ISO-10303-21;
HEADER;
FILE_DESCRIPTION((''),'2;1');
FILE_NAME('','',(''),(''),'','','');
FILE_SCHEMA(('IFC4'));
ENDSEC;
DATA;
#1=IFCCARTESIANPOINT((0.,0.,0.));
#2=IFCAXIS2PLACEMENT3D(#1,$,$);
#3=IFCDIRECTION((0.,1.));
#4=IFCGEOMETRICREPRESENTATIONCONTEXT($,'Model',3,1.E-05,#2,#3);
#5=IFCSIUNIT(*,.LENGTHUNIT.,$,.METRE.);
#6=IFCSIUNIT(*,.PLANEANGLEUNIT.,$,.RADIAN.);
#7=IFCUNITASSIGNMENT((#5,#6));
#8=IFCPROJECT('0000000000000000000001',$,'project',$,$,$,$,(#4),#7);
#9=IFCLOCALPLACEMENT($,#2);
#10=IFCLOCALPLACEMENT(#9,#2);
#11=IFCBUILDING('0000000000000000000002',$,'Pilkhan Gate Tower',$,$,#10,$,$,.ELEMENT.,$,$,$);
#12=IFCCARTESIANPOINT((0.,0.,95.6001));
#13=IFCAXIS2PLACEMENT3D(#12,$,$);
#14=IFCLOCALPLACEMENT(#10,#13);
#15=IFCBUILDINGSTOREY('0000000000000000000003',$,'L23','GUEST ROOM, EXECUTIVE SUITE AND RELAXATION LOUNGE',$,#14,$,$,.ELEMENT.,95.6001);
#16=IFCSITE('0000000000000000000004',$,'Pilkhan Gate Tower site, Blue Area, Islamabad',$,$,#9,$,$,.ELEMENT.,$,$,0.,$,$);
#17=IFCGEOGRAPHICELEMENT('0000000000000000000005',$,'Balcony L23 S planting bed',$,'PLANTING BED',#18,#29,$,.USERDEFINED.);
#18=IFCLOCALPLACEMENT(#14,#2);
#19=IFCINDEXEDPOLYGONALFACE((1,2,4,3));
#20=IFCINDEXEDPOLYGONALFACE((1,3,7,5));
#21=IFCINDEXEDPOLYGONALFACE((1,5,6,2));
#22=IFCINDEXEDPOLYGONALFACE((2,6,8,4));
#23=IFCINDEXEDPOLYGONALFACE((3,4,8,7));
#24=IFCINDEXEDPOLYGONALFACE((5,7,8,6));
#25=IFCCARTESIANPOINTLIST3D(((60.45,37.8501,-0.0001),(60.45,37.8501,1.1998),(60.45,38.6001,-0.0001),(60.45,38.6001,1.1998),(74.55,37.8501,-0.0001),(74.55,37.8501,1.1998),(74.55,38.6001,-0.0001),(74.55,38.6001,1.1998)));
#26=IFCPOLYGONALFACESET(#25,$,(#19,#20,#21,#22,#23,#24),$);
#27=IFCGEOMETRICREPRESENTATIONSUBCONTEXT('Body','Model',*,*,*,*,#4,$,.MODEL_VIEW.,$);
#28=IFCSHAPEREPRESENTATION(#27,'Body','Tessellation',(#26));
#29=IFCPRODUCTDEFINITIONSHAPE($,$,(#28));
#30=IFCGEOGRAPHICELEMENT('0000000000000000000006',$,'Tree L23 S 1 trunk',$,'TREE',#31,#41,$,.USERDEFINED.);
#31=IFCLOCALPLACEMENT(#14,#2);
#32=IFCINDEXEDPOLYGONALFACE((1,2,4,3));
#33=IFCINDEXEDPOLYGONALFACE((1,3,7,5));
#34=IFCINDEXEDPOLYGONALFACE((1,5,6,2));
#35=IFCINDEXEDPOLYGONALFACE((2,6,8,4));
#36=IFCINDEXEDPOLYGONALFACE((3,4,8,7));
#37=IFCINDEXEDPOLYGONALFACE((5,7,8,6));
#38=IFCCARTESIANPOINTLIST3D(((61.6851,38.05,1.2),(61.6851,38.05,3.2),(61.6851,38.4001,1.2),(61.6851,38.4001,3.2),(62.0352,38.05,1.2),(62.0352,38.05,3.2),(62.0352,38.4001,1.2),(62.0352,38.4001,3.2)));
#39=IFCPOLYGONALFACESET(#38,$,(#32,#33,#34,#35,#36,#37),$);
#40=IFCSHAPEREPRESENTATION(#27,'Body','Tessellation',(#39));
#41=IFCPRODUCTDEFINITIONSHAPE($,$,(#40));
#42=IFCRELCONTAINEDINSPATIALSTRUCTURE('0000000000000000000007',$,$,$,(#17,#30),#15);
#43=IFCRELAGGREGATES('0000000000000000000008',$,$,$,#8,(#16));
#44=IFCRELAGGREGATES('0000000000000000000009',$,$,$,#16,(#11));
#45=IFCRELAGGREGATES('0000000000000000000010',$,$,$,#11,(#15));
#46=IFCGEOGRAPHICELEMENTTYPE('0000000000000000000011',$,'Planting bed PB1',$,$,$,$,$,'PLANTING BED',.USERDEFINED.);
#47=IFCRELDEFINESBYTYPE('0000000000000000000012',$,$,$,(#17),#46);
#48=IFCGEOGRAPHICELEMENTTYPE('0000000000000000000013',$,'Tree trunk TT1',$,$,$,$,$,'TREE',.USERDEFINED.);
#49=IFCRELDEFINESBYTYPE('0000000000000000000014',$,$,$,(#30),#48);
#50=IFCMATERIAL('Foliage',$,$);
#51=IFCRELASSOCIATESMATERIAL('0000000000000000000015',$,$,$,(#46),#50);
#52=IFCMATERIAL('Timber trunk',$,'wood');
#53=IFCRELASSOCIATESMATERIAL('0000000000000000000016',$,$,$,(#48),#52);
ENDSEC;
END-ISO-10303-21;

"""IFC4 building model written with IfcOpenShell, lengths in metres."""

from ifc_helpers import new_model, si_unit, direction, frame, origin, origin_2d, place, context, subcontext, project, spatial, rectangle, extrude, material, material_profile, profile_set, type_object, element, save


model = new_model("IFC4")

# Units and contexts
model_context = context("Model", 3, precision=1e-05, world=origin(), true_north=direction((0.0, 1.0)))
body_context = subcontext(model_context, "Body", "Model", "MODEL_VIEW")
ifc_project = project(units=[si_unit("LENGTHUNIT", "METRE"), si_unit("PLANEANGLEUNIT", "RADIAN")], contexts=[model_context])

# Site, building, storey
site_placement = place(None, origin())
site = spatial("IfcSite", under=ifc_project, at=site_placement, Name="Pilkhan Gate Tower site, Blue Area, Islamabad", CompositionType="ELEMENT", RefElevation=0.0)
building_placement = place(site_placement, origin())
building = spatial("IfcBuilding", under=site, at=building_placement, Name="Pilkhan Gate Tower", CompositionType="ELEMENT")
storey_placement = place(building_placement, frame((0.0, 0.0, 95.6001)))
storey = spatial("IfcBuildingStorey", under=building, at=storey_placement, Name="L23", Description="GUEST ROOM, EXECUTIVE SUITE AND RELAXATION LOUNGE", CompositionType="ELEMENT", Elevation=95.6001)

# Geographic elements
ifc_material_1 = material(Name="Foliage")
ifc_material_profile_1 = material_profile(ifc_material_1, rectangle(XDim=0.75, YDim=1.2, at=origin_2d()), Name="Bed 750x1200")
ifc_profile_set_1 = profile_set([ifc_material_profile_1], Name="Foliage")
geographic_element_type_1 = type_object("IfcGeographicElementType", Name="Planting bed PB1", ElementType="PLANTING BED", PredefinedType="USERDEFINED", material=ifc_profile_set_1)
geographic_element_1_placement = place(storey_placement, frame((60.45, 38.2251, 0.5999), z_axis=(1.0, 0.0, 0.0), x_axis=(0.0, 1.0, 0.0)))
element("IfcGeographicElement", 1, at=geographic_element_1_placement, inside=storey, type_object=geographic_element_type_1, Name="Balcony L23 S planting bed", ObjectType="PLANTING BED", PredefinedType="USERDEFINED", context=body_context, shape_type="SweptSolid", body=[
    extrude(rectangle(XDim=0.75, YDim=1.2, at=origin_2d()), origin(), (0.0, 0.0, 1.0), 14.1001),
])
ifc_material_2 = material(Name="Timber trunk", Category="wood")
geographic_element_type_2 = type_object("IfcGeographicElementType", Name="Tree trunk TT1", ElementType="TREE", PredefinedType="USERDEFINED", material=ifc_material_2)
geographic_element_2_placement = place(storey_placement, frame((61.8601, 38.2251, 1.2), z_axis=(0.0, 0.0, 1.0), x_axis=(1.0, 0.0, 0.0)))
element("IfcGeographicElement", 2, at=geographic_element_2_placement, inside=storey, type_object=geographic_element_type_2, Name="Tree L23 S 1 trunk", ObjectType="TREE", PredefinedType="USERDEFINED", context=body_context, shape_type="SweptSolid", body=[
    extrude(rectangle(XDim=0.3501, YDim=0.3501, at=origin_2d()), origin(), (0.0, 0.0, 1.0), 2.0),
])

save(model, "model.ifc")
